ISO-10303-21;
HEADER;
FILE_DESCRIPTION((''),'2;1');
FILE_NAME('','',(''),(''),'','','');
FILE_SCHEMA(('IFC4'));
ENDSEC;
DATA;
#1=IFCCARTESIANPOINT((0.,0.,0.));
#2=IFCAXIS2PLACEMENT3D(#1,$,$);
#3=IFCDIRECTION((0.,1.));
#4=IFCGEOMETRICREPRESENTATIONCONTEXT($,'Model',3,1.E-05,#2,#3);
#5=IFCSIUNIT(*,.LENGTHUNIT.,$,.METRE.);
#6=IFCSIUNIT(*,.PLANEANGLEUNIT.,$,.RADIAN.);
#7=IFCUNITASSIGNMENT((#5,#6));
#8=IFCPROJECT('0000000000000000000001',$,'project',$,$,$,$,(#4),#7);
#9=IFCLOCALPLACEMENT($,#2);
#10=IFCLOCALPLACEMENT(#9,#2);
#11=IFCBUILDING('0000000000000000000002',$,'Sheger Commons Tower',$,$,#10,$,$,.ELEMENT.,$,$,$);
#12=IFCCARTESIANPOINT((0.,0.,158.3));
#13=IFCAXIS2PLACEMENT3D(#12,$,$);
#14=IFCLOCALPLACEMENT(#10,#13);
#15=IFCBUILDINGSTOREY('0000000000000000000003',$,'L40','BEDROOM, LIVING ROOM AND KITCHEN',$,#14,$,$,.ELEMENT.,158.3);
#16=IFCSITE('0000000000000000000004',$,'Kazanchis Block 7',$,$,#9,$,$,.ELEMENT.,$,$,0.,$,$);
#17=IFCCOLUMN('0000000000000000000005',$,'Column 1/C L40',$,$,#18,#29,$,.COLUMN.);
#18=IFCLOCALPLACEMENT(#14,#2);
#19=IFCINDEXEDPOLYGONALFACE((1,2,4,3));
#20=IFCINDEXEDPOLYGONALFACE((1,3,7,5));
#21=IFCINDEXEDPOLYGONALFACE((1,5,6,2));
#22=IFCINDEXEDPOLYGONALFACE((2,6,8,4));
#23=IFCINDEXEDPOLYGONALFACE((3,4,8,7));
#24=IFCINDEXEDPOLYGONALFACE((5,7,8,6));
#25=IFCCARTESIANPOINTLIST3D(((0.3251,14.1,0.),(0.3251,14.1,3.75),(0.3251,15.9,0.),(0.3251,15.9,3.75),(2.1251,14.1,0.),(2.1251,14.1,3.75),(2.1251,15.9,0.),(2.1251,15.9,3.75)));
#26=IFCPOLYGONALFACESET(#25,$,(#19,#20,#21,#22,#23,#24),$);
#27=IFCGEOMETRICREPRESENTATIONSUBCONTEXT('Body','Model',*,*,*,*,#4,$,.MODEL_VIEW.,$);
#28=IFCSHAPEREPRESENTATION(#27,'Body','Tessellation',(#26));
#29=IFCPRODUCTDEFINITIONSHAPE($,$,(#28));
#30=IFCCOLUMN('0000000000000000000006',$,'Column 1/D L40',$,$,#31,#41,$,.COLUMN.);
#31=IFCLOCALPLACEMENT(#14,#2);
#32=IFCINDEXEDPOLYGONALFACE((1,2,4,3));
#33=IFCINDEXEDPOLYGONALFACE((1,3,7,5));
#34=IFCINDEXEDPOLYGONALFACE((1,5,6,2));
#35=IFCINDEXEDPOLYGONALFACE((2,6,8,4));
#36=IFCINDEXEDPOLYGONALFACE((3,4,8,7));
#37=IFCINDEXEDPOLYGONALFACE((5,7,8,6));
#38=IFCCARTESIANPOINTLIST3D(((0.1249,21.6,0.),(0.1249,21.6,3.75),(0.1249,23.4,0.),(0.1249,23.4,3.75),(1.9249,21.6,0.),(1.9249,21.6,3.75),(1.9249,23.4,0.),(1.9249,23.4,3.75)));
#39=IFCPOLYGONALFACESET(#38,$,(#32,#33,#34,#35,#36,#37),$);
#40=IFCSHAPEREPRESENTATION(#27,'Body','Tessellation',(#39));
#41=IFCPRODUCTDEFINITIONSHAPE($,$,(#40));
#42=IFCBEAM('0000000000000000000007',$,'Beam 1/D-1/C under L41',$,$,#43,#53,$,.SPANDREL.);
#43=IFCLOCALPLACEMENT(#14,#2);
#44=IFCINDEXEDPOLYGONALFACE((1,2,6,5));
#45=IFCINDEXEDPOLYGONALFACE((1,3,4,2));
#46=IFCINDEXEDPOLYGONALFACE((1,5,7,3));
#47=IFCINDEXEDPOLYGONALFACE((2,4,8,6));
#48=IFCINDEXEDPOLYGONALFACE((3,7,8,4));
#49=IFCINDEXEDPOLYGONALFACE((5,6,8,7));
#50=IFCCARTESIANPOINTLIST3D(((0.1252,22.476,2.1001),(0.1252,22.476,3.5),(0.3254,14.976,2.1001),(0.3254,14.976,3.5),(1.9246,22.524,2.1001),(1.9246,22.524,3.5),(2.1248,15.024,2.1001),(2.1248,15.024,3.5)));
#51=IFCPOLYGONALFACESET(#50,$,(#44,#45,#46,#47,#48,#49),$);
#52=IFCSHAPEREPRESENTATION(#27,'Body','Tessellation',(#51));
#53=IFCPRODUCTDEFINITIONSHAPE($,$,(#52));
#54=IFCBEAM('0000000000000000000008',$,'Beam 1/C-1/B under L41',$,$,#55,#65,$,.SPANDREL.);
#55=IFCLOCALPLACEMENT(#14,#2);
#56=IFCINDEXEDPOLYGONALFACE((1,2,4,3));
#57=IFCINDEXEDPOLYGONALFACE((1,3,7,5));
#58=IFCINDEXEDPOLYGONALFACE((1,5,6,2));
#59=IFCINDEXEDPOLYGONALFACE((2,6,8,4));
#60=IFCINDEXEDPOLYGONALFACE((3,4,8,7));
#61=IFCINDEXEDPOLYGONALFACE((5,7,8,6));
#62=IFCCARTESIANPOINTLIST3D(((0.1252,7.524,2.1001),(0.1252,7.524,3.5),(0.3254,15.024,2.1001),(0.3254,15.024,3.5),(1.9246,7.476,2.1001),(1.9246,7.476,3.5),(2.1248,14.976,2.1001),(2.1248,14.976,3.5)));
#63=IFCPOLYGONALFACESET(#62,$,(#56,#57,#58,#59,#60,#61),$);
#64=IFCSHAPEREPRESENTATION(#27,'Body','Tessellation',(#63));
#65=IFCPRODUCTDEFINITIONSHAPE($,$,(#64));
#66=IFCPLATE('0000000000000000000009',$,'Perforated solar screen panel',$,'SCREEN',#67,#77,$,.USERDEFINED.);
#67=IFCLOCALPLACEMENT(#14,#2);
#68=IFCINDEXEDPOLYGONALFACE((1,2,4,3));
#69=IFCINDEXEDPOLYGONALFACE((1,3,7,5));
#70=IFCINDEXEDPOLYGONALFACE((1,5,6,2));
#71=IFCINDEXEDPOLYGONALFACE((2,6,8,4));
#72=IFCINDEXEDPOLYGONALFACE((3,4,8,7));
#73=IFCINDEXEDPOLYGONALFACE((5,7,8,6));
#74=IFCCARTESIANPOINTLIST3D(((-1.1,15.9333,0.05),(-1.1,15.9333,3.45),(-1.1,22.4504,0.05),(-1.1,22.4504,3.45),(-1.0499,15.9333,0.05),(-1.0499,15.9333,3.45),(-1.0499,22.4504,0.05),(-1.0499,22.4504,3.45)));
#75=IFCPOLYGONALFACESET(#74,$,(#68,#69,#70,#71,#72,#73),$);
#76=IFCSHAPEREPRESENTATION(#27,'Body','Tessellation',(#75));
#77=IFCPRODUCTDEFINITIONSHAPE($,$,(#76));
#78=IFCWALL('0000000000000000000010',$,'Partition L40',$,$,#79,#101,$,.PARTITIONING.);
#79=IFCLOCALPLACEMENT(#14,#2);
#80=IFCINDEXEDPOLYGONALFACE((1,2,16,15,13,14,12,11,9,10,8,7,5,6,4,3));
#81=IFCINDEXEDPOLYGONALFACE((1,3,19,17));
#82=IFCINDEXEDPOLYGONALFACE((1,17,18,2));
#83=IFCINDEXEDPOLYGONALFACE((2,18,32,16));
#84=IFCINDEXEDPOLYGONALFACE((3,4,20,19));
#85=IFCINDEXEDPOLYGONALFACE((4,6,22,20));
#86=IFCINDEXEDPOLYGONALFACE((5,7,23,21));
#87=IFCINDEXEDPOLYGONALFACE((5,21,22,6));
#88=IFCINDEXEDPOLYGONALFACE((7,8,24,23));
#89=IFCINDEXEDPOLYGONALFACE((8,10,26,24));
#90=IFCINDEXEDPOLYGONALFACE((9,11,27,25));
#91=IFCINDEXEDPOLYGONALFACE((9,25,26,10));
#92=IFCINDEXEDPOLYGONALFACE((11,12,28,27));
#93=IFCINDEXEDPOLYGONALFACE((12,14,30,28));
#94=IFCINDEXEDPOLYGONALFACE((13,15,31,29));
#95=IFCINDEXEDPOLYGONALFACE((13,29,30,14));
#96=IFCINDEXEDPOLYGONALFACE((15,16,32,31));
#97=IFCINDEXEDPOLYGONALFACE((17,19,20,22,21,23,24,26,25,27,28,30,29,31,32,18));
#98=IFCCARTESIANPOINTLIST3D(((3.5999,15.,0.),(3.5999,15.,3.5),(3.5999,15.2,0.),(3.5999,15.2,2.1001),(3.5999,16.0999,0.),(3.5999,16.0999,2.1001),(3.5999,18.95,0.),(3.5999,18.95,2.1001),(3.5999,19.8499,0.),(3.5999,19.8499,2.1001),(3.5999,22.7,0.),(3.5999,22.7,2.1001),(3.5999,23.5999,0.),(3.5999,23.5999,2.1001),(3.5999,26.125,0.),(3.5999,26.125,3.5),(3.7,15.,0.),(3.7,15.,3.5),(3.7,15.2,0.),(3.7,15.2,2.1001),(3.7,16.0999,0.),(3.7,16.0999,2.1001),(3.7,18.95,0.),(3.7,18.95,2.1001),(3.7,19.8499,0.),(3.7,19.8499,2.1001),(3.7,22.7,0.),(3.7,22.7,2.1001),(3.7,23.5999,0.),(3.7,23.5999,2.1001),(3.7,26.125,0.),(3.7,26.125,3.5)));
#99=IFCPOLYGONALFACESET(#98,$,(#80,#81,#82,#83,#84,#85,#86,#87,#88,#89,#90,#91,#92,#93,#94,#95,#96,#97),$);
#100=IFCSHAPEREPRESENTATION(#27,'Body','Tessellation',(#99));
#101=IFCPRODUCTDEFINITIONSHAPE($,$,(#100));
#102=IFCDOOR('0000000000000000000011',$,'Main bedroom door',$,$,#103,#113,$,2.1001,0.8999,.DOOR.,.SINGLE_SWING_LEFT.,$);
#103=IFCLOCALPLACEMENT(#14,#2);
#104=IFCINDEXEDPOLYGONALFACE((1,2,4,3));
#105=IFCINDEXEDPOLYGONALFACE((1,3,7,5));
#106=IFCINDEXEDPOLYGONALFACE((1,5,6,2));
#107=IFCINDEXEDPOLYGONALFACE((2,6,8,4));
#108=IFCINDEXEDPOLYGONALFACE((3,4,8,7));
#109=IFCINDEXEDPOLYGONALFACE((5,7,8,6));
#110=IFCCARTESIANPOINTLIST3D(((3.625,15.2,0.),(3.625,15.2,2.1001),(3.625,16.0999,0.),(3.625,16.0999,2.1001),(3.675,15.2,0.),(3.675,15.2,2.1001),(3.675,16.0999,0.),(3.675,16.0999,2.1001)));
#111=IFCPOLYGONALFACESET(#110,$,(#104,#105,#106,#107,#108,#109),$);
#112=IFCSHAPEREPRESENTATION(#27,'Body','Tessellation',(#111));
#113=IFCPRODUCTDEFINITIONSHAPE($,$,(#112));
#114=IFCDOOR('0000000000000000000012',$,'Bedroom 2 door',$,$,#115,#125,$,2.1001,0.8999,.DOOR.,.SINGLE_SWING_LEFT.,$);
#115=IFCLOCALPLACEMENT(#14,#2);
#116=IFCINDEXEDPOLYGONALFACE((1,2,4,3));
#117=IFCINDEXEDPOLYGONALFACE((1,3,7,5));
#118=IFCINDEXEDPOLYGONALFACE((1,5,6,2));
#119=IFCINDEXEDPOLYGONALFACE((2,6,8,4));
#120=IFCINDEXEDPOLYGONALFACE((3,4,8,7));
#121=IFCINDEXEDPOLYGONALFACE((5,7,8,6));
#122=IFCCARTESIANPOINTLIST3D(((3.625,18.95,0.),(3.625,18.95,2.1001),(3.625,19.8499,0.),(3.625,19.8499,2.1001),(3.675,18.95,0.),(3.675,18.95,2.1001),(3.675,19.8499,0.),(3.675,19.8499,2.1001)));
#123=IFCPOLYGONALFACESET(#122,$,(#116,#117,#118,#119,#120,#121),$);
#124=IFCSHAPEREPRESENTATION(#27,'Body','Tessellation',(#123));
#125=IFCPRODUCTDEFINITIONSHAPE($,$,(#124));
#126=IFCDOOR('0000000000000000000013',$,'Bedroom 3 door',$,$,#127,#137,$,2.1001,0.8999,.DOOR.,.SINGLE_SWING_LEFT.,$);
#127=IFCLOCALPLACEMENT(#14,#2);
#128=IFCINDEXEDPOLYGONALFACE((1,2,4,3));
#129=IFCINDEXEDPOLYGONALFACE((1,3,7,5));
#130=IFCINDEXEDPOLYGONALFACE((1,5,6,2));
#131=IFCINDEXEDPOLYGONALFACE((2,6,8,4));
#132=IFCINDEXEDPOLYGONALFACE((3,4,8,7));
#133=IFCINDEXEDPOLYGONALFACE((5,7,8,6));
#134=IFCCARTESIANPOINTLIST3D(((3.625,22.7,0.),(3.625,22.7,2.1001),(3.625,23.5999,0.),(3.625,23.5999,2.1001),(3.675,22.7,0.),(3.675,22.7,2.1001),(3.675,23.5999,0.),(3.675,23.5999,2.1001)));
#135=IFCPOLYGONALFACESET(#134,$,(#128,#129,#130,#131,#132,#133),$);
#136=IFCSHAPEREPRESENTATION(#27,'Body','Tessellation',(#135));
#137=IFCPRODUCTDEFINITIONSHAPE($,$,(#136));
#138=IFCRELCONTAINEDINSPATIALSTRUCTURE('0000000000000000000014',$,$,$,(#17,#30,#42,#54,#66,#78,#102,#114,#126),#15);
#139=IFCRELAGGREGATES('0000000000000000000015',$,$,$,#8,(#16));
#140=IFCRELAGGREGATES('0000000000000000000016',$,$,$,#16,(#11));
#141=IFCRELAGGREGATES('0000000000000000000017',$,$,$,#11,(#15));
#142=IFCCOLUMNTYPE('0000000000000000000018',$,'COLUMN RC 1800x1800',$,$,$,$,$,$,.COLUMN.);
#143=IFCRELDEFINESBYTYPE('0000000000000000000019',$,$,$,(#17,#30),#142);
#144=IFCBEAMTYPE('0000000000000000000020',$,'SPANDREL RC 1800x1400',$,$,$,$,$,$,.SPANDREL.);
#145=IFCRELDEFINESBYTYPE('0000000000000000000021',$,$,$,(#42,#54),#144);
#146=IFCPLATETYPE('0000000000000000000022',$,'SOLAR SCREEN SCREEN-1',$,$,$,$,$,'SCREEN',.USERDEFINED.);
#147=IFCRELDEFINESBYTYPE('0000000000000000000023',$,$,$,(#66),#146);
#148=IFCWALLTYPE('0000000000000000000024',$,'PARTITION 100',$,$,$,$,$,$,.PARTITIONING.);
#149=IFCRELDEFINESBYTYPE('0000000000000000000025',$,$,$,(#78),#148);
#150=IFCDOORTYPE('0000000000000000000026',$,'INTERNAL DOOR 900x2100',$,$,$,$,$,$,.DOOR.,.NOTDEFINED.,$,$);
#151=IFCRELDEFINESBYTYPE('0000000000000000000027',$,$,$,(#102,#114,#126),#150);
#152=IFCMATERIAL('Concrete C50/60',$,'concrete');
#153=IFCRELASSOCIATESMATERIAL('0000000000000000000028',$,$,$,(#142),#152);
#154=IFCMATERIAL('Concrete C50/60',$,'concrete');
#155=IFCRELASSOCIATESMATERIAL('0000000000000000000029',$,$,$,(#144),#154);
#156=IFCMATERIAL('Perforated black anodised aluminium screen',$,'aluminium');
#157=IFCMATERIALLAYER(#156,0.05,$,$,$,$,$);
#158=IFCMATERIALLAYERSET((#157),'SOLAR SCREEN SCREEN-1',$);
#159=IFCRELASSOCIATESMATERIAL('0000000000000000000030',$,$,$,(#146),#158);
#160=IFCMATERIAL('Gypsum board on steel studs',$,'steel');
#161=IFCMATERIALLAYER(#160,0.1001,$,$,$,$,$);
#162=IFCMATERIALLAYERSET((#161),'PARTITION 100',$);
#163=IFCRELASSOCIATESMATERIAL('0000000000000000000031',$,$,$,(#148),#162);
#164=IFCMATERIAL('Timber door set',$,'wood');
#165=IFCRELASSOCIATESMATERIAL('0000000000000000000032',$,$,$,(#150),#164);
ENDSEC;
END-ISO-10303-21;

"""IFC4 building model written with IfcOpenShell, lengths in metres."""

from ifc_helpers import new_model, si_unit, direction, frame, frame_2d, origin, origin_2d, place, context, subcontext, project, spatial, rectangle, extrude, material, layer, layer_set, material_profile, profile_set, type_object, element, fill, save


model = new_model("IFC4")

# Units and contexts
model_context = context("Model", 3, precision=1e-05, world=origin(), true_north=direction((0.0, 1.0)))
body_context = subcontext(model_context, "Body", "Model", "MODEL_VIEW")
ifc_project = project(units=[si_unit("LENGTHUNIT", "METRE"), si_unit("PLANEANGLEUNIT", "RADIAN")], contexts=[model_context])

# Site, building, storey
site_placement = place(None, origin())
site = spatial("IfcSite", under=ifc_project, at=site_placement, Name="Kazanchis Block 7", CompositionType="ELEMENT", RefElevation=0.0)
building_placement = place(site_placement, origin())
building = spatial("IfcBuilding", under=site, at=building_placement, Name="Sheger Commons Tower", CompositionType="ELEMENT")
storey_placement = place(building_placement, frame((0.0, 0.0, 158.3)))
storey = spatial("IfcBuildingStorey", under=building, at=storey_placement, Name="L40", Description="BEDROOM, LIVING ROOM AND KITCHEN", CompositionType="ELEMENT", Elevation=158.3)

# Columns
ifc_material_1 = material(Name="Concrete C50/60", Category="concrete")
ifc_material_profile_1 = material_profile(ifc_material_1, rectangle(XDim=1.8, YDim=1.8, at=origin_2d()), Name="RC 1800x1800")
ifc_profile_set_1 = profile_set([ifc_material_profile_1], Name="Concrete C50/60")
column_type = type_object("IfcColumnType", Name="COLUMN RC 1800x1800", PredefinedType="COLUMN", material=ifc_profile_set_1)
for number, where, z_axis, x_axis, name in (
    (1, (1.2251, 15.0, 0.0), (0.0, 0.0, 1.0), (1.0, 0.0, 0.0), "Column 1/C L40"),
    (2, (1.0249, 22.5, 0.0), (0.0, 0.0, 1.0), (1.0, 0.0, 0.0), "Column 1/D L40"),
):
    element("IfcColumn", number, at=place(storey_placement, frame(where, z_axis=z_axis, x_axis=x_axis)), inside=storey, type_object=column_type, Name=name, PredefinedType="COLUMN", context=body_context, shape_type="SweptSolid", body=[
        extrude(rectangle(XDim=1.8, YDim=1.8, at=origin_2d()), origin(), (0.0, 0.0, 1.0), 3.75),
    ])

# Beams
ifc_material_2 = material(Name="Concrete C50/60", Category="concrete")
ifc_material_profile_2 = material_profile(ifc_material_2, rectangle(XDim=1.8, YDim=1.3999, at=origin_2d()), Name="RC 1800x1400")
ifc_profile_set_2 = profile_set([ifc_material_profile_2], Name="Concrete C50/60")
beam_type = type_object("IfcBeamType", Name="SPANDREL RC 1800x1400", PredefinedType="SPANDREL", material=ifc_profile_set_2)
for number, where, z_axis, x_axis, name in (
    (3, (1.0249, 22.5, 2.8), (0.026683, -0.999644, 0.0), (0.999644, 0.026683, 0.0), "Beam 1/D-1/C under L41"),
    (4, (1.2251, 15.0, 2.8), (-0.026683, -0.999644, 0.0), (0.999644, -0.026683, 0.0), "Beam 1/C-1/B under L41"),
):
    element("IfcBeam", number, at=place(storey_placement, frame(where, z_axis=z_axis, x_axis=x_axis)), inside=storey, type_object=beam_type, Name=name, PredefinedType="SPANDREL", context=body_context, shape_type="SweptSolid", body=[
        extrude(rectangle(XDim=1.8, YDim=1.3999, at=origin_2d()), origin(), (0.0, 0.0, 1.0), 7.5027),
    ])

# Plate
ifc_material_3 = material(Name="Perforated black anodised aluminium screen", Category="aluminium")
ifc_layer_1 = layer(ifc_material_3, 0.05)
ifc_layer_set_1 = layer_set([ifc_layer_1], Name="SOLAR SCREEN SCREEN-1")
plate_type = type_object("IfcPlateType", Name="SOLAR SCREEN SCREEN-1", ElementType="SCREEN", PredefinedType="USERDEFINED", material=ifc_layer_set_1)
plate_placement = place(storey_placement, frame((-1.075, 19.1919, 0.05), z_axis=(0.0, 0.0, 1.0), x_axis=(0.0, -1.0, 0.0)))
element("IfcPlate", 5, at=plate_placement, inside=storey, type_object=plate_type, Name="Perforated solar screen panel", ObjectType="SCREEN", PredefinedType="USERDEFINED", context=body_context, shape_type="SweptSolid", body=[
    extrude(rectangle(XDim=6.5171, YDim=0.05, at=origin_2d()), origin(), (0.0, 0.0, 1.0), 3.3999),
])

# Wall, openings, doors
ifc_material_4 = material(Name="Gypsum board on steel studs", Category="steel")
ifc_layer_2 = layer(ifc_material_4, 0.1001)
ifc_layer_set_2 = layer_set([ifc_layer_2], Name="PARTITION 100")
wall_type = type_object("IfcWallType", Name="PARTITION 100", PredefinedType="PARTITIONING", material=ifc_layer_set_2)
wall_1_placement = place(storey_placement, frame((3.6499, 15.0, 0.0), z_axis=(0.0, 0.0, 1.0), x_axis=(0.0, 1.0, 0.0)))
wall_1 = element("IfcWall", 6, at=wall_1_placement, inside=storey, type_object=wall_type, Name="Partition L40", PredefinedType="PARTITIONING", context=body_context, shape_type="SweptSolid", body=[
    extrude(rectangle(XDim=11.125, YDim=0.1001, at=frame_2d((5.5625, 0.0))), origin(), (0.0, 0.0, 1.0), 3.5),
])
opening_1_placement = place(wall_1_placement, frame((0.2, 0.0, 0.0)))
opening_1 = element("IfcOpeningElement", 7, at=opening_1_placement, cuts=wall_1, PredefinedType="OPENING", context=body_context, shape_type="SweptSolid", body=[
    extrude(rectangle(XDim=0.8999, YDim=2.1001, at=frame_2d((0.45, 1.05))), frame((0.0, 0.0601, 0.0), z_axis=(0.0, -1.0, 0.0), x_axis=(1.0, 0.0, 0.0)), (0.0, 0.0, 1.0), 0.1201),
])
opening_2_placement = place(wall_1_placement, frame((3.95, 0.0, 0.0)))
opening_2 = element("IfcOpeningElement", 8, at=opening_2_placement, cuts=wall_1, PredefinedType="OPENING", context=body_context, shape_type="SweptSolid", body=[
    extrude(rectangle(XDim=0.8999, YDim=2.1001, at=frame_2d((0.45, 1.05))), frame((0.0, 0.0601, 0.0), z_axis=(0.0, -1.0, 0.0), x_axis=(1.0, 0.0, 0.0)), (0.0, 0.0, 1.0), 0.1201),
])
opening_3_placement = place(wall_1_placement, frame((7.7, 0.0, 0.0)))
opening_3 = element("IfcOpeningElement", 9, at=opening_3_placement, cuts=wall_1, PredefinedType="OPENING", context=body_context, shape_type="SweptSolid", body=[
    extrude(rectangle(XDim=0.8999, YDim=2.1001, at=frame_2d((0.45, 1.05))), frame((0.0, 0.0601, 0.0), z_axis=(0.0, -1.0, 0.0), x_axis=(1.0, 0.0, 0.0)), (0.0, 0.0, 1.0), 0.1201),
])
ifc_material_5 = material(Name="Timber door set", Category="wood")
door_type = type_object("IfcDoorType", Name="INTERNAL DOOR 900x2100", OperationType="NOTDEFINED", PredefinedType="DOOR", material=ifc_material_5)
door_1_placement = place(opening_1_placement, origin())
door_1 = element("IfcDoor", 10, at=door_1_placement, inside=storey, type_object=door_type, Name="Main bedroom door", OperationType="SINGLE_SWING_LEFT", OverallHeight=2.1001, OverallWidth=0.8999, PredefinedType="DOOR", context=body_context, shape_type="SweptSolid", body=[
    extrude(rectangle(XDim=0.8999, YDim=2.1001, at=frame_2d((0.45, 1.05))), frame((0.0, 0.0249, 0.0), z_axis=(0.0, -1.0, 0.0), x_axis=(1.0, 0.0, 0.0)), (0.0, 0.0, 1.0), 0.05),
])
fill(opening_1, door_1)
door_2_placement = place(opening_2_placement, origin())
door_2 = element("IfcDoor", 11, at=door_2_placement, inside=storey, type_object=door_type, Name="Bedroom 2 door", OperationType="SINGLE_SWING_LEFT", OverallHeight=2.1001, OverallWidth=0.8999, PredefinedType="DOOR", context=body_context, shape_type="SweptSolid", body=[
    extrude(rectangle(XDim=0.8999, YDim=2.1001, at=frame_2d((0.45, 1.05))), frame((0.0, 0.0249, 0.0), z_axis=(0.0, -1.0, 0.0), x_axis=(1.0, 0.0, 0.0)), (0.0, 0.0, 1.0), 0.05),
])
fill(opening_2, door_2)
door_3_placement = place(opening_3_placement, origin())
door_3 = element("IfcDoor", 12, at=door_3_placement, inside=storey, type_object=door_type, Name="Bedroom 3 door", OperationType="SINGLE_SWING_LEFT", OverallHeight=2.1001, OverallWidth=0.8999, PredefinedType="DOOR", context=body_context, shape_type="SweptSolid", body=[
    extrude(rectangle(XDim=0.8999, YDim=2.1001, at=frame_2d((0.45, 1.05))), frame((0.0, 0.0249, 0.0), z_axis=(0.0, -1.0, 0.0), x_axis=(1.0, 0.0, 0.0)), (0.0, 0.0, 1.0), 0.05),
])
fill(opening_3, door_3)

save(model, "model.ifc")
